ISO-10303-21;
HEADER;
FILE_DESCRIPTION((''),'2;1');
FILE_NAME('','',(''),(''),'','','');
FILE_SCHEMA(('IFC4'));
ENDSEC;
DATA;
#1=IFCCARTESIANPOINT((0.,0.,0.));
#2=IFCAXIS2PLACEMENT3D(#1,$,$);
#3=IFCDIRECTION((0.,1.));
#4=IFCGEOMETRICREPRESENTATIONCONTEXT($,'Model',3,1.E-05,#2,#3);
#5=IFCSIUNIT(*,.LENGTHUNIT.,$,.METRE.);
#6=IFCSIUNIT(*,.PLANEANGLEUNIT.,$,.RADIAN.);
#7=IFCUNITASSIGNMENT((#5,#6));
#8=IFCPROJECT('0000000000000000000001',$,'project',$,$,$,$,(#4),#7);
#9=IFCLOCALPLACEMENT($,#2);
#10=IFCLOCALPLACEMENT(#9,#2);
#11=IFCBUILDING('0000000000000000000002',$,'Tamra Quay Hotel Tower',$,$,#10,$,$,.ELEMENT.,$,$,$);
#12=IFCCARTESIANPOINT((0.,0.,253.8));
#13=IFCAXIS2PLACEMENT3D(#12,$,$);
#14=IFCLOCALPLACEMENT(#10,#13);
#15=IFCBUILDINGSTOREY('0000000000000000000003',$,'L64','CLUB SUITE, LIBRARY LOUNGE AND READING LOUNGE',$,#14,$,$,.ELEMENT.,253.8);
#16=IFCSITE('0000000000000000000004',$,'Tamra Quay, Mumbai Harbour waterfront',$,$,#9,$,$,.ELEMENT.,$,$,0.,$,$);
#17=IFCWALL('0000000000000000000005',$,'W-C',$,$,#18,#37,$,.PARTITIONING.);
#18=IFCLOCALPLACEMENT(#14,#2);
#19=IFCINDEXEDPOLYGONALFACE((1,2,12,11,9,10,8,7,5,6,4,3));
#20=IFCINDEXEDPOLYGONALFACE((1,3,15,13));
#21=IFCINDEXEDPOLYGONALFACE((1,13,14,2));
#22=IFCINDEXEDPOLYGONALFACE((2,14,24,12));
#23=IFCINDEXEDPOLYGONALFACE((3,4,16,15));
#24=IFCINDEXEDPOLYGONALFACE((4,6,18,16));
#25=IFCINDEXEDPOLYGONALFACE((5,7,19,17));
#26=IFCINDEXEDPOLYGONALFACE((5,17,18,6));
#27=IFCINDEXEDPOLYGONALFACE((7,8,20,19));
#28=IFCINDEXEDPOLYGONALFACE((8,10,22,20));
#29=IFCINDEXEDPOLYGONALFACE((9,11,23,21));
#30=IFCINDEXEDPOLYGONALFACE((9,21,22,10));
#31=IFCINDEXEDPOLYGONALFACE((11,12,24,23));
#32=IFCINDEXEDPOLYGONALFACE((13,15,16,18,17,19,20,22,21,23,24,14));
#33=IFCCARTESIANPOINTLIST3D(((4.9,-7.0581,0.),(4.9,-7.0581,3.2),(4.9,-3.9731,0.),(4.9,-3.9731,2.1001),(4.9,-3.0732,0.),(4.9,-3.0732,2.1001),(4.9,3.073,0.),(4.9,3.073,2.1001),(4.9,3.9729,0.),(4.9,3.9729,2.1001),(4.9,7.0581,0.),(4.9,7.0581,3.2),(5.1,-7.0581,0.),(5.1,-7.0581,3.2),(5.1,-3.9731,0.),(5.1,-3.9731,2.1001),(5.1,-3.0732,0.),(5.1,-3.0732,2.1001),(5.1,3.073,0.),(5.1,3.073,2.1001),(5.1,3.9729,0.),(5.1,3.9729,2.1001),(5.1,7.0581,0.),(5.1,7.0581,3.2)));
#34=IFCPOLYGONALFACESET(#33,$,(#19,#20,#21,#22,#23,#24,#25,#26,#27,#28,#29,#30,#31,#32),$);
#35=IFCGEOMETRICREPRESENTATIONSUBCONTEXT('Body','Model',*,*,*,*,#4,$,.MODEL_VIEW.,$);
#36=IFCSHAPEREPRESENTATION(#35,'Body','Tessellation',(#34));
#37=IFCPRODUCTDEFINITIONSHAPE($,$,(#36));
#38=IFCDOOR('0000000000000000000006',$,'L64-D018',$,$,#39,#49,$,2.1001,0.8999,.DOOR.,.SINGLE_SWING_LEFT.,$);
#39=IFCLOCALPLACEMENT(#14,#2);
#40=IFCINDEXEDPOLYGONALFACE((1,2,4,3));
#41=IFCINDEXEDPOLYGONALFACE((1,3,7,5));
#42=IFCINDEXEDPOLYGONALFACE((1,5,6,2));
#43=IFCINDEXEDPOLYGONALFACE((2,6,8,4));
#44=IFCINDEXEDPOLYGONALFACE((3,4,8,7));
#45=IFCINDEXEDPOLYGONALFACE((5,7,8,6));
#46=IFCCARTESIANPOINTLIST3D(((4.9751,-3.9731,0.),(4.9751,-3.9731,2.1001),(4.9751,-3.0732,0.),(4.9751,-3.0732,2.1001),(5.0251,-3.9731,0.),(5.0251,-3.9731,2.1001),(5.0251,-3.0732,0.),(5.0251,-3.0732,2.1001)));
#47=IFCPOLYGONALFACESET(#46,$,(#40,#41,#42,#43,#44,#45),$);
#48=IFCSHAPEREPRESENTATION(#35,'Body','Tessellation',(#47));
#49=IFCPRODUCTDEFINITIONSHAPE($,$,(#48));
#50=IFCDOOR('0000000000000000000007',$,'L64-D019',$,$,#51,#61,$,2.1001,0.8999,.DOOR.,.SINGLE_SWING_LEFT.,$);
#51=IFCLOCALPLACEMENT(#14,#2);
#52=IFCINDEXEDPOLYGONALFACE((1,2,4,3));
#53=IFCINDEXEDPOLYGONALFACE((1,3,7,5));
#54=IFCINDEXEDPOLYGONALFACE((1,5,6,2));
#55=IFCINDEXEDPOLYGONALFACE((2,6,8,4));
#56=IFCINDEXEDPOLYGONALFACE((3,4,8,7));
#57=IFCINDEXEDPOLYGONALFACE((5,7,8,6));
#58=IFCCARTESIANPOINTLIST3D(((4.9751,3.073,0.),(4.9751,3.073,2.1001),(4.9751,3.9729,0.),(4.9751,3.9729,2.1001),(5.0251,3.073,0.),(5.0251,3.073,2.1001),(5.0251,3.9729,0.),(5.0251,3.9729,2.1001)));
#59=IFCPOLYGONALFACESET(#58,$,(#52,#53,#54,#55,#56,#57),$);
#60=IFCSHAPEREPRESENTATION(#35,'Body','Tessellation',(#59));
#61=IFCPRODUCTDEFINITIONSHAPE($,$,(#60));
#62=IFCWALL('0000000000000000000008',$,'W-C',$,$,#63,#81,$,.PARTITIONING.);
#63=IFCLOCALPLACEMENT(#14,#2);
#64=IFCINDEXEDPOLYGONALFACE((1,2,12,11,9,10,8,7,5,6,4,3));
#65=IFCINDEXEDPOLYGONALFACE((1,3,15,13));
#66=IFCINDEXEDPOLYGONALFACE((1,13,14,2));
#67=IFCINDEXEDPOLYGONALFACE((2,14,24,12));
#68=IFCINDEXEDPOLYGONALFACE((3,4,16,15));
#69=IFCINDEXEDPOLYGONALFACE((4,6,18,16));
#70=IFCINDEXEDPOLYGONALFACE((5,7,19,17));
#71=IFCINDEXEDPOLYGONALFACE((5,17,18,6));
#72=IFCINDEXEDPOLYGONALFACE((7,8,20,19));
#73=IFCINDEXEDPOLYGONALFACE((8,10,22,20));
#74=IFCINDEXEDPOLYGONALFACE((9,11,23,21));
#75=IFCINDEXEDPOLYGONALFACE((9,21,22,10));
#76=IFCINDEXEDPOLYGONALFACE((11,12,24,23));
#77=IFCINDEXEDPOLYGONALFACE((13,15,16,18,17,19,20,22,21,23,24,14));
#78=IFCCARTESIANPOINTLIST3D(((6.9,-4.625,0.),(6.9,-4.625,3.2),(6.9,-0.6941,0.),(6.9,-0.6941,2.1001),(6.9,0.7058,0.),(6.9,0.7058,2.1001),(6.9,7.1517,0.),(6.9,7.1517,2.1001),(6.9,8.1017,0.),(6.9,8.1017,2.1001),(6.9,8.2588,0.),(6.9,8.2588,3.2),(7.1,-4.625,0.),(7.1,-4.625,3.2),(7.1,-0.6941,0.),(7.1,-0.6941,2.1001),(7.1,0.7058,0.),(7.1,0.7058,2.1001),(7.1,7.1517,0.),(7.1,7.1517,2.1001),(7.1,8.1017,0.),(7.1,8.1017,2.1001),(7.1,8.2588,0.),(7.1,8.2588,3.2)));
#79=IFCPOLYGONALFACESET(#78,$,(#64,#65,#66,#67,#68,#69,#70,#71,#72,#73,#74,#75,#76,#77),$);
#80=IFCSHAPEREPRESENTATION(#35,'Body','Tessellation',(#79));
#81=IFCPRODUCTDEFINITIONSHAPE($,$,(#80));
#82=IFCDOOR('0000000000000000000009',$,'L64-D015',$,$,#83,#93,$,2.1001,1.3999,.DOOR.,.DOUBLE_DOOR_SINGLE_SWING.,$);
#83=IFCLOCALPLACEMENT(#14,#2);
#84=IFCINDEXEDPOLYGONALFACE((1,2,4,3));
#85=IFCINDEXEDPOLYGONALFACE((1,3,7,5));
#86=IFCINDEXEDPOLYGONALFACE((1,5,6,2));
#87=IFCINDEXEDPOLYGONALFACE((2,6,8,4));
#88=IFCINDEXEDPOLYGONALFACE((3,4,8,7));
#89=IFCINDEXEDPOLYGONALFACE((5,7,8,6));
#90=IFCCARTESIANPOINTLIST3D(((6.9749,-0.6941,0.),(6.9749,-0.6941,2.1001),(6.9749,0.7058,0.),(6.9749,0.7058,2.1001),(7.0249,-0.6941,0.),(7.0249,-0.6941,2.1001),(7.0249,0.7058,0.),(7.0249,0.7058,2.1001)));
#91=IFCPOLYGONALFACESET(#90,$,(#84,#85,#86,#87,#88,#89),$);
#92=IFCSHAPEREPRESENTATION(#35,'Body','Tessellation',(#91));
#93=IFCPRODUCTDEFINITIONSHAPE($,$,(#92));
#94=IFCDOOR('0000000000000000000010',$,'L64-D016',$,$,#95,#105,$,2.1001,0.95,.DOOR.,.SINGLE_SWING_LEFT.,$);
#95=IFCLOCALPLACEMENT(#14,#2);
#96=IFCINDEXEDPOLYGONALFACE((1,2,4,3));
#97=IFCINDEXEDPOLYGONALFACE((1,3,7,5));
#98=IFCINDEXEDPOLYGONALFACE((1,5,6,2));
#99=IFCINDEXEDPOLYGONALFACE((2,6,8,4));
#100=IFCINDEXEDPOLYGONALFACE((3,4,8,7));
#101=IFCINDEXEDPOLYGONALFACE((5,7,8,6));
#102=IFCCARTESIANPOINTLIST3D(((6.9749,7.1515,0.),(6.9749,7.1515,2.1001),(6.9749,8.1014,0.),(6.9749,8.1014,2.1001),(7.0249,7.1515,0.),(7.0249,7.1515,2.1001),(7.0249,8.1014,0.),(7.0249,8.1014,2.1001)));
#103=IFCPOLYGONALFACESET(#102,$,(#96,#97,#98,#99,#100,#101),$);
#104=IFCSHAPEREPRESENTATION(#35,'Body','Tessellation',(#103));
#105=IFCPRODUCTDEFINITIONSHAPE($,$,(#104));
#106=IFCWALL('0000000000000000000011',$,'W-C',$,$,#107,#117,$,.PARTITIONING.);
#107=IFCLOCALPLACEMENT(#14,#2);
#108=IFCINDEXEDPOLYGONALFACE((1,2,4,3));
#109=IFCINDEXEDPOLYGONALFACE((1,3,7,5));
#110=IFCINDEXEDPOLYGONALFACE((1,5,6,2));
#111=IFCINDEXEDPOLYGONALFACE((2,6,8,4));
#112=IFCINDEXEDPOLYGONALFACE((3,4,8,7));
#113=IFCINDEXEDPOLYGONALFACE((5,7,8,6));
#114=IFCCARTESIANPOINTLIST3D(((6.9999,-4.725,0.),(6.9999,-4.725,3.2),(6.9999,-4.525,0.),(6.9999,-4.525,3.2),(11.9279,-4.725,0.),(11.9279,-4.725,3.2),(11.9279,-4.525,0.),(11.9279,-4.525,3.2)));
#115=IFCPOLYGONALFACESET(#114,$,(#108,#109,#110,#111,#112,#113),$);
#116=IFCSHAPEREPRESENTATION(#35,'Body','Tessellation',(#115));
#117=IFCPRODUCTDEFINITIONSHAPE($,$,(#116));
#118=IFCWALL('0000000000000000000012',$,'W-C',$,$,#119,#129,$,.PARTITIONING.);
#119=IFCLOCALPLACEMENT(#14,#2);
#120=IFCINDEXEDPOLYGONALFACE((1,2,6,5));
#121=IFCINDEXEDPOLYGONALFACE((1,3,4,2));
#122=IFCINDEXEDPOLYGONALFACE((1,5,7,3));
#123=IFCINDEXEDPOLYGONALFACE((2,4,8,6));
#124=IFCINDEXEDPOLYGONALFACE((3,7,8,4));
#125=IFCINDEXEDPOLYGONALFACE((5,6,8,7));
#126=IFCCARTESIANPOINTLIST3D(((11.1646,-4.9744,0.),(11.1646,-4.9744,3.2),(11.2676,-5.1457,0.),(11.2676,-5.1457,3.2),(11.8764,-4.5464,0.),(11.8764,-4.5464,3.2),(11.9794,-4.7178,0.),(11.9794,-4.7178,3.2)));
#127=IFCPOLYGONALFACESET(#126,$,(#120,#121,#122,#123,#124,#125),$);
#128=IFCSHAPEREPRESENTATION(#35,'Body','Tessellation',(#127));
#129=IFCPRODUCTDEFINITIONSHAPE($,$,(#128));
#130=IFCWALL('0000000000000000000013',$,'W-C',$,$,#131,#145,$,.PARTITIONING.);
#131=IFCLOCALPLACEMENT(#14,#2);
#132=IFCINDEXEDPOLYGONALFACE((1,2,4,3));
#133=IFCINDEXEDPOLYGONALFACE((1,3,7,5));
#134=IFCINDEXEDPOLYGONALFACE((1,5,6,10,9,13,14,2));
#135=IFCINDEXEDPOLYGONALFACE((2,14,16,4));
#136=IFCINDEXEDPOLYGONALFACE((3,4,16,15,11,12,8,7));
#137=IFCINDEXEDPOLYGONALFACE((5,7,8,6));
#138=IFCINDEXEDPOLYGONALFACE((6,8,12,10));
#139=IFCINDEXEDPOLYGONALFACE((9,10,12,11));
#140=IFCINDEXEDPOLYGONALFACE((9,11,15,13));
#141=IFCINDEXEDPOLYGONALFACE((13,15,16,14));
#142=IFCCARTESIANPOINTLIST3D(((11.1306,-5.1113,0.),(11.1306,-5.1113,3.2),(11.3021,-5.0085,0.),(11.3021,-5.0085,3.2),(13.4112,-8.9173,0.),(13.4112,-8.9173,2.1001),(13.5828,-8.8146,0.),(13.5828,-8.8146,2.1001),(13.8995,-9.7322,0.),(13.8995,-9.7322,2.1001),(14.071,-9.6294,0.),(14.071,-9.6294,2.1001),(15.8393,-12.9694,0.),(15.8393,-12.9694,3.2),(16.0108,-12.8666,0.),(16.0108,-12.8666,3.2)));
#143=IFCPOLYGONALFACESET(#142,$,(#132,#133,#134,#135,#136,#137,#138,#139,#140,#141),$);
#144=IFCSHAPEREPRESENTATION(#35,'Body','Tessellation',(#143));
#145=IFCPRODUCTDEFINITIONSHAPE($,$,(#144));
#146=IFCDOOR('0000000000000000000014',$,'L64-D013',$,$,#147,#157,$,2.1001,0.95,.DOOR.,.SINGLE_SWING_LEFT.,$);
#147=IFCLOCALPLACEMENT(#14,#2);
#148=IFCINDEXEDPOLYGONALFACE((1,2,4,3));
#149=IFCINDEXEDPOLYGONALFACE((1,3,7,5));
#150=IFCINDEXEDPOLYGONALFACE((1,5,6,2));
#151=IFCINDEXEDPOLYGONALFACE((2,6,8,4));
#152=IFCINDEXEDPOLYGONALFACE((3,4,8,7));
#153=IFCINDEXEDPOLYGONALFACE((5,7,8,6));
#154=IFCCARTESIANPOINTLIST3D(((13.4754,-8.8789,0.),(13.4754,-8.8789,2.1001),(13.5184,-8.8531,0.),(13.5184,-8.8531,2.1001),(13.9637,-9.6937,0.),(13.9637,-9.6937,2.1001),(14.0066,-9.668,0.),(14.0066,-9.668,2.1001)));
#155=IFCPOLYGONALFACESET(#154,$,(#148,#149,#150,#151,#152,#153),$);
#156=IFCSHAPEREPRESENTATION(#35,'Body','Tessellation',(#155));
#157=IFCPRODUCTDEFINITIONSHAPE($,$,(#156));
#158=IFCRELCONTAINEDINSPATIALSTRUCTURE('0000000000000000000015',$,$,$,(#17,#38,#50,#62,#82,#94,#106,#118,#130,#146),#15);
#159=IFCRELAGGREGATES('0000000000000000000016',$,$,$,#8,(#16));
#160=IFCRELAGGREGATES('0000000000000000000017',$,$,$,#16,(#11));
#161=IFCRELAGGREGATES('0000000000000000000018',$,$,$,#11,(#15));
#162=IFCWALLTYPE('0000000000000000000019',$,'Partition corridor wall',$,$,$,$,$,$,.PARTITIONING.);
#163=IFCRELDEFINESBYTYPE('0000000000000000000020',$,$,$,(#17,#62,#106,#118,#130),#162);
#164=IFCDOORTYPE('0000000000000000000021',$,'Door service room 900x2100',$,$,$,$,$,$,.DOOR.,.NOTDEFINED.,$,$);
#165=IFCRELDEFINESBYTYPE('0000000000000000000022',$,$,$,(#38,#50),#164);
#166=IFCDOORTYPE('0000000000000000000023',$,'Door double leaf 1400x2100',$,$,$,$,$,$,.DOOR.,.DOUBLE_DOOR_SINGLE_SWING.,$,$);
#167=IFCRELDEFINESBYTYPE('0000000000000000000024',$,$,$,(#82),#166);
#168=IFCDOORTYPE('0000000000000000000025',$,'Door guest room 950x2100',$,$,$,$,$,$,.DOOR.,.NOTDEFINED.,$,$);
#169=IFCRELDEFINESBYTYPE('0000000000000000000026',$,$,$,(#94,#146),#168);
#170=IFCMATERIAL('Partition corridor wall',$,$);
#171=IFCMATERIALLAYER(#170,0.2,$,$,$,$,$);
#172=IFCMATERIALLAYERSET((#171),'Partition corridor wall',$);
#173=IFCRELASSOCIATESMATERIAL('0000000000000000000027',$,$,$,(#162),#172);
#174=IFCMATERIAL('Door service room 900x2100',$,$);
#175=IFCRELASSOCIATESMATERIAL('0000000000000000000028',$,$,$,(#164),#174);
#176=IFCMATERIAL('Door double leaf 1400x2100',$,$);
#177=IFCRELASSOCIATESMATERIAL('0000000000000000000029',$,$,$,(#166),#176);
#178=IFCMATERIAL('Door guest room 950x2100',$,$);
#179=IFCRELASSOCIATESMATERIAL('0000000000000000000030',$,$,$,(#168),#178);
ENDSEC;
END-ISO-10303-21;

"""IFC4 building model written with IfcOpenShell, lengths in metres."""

from ifc_helpers import new_model, si_unit, direction, frame, frame_2d, origin, place, context, subcontext, project, spatial, rectangle, extrude, material, layer, layer_set, type_object, element, fill, save


model = new_model("IFC4")

# Units and contexts
model_context = context("Model", 3, precision=1e-05, world=origin(), true_north=direction((0.0, 1.0)))
body_context = subcontext(model_context, "Body", "Model", "MODEL_VIEW")
ifc_project = project(units=[si_unit("LENGTHUNIT", "METRE"), si_unit("PLANEANGLEUNIT", "RADIAN")], contexts=[model_context])

# Site, building, storey
site_placement = place(None, origin())
site = spatial("IfcSite", under=ifc_project, at=site_placement, Name="Tamra Quay, Mumbai Harbour waterfront", CompositionType="ELEMENT", RefElevation=0.0)
building_placement = place(site_placement, origin())
building = spatial("IfcBuilding", under=site, at=building_placement, Name="Tamra Quay Hotel Tower", CompositionType="ELEMENT")
storey_placement = place(building_placement, frame((0.0, 0.0, 253.8)))
storey = spatial("IfcBuildingStorey", under=building, at=storey_placement, Name="L64", Description="CLUB SUITE, LIBRARY LOUNGE AND READING LOUNGE", CompositionType="ELEMENT", Elevation=253.8)

# Walls, openings, doors
ifc_material_1 = material(Name="Partition corridor wall")
ifc_layer_1 = layer(ifc_material_1, 0.2)
ifc_layer_set_1 = layer_set([ifc_layer_1], Name="Partition corridor wall")
wall_type_1 = type_object("IfcWallType", Name="Partition corridor wall", PredefinedType="PARTITIONING", material=ifc_layer_set_1)
wall_1_placement = place(storey_placement, frame((5.0, -7.0581, 0.0), z_axis=(0.0, 0.0, 1.0), x_axis=(0.0, 1.0, 0.0)))
wall_1 = element("IfcWall", 1, at=wall_1_placement, inside=storey, type_object=wall_type_1, Name="W-C", PredefinedType="PARTITIONING", context=body_context, shape_type="SweptSolid", body=[
    extrude(rectangle(XDim=14.1162, YDim=0.2, at=frame_2d((7.0581, 0.0))), origin(), (0.0, 0.0, 1.0), 3.2),
])
opening_1_placement = place(wall_1_placement, frame((3.085, 0.0, 0.0)))
opening_1 = element("IfcOpeningElement", 2, at=opening_1_placement, cuts=wall_1, PredefinedType="OPENING", context=body_context, shape_type="SweptSolid", body=[
    extrude(rectangle(XDim=0.8999, YDim=2.1001, at=frame_2d((0.45, 1.05))), frame((0.0, 0.1099, 0.0), z_axis=(0.0, -1.0, 0.0), x_axis=(1.0, 0.0, 0.0)), (0.0, 0.0, 1.0), 0.22),
])
opening_2_placement = place(wall_1_placement, frame((10.1311, 0.0, 0.0)))
opening_2 = element("IfcOpeningElement", 3, at=opening_2_placement, cuts=wall_1, PredefinedType="OPENING", context=body_context, shape_type="SweptSolid", body=[
    extrude(rectangle(XDim=0.8999, YDim=2.1001, at=frame_2d((0.45, 1.05))), frame((0.0, 0.1099, 0.0), z_axis=(0.0, -1.0, 0.0), x_axis=(1.0, 0.0, 0.0)), (0.0, 0.0, 1.0), 0.22),
])
ifc_material_2 = material(Name="Door service room 900x2100")
door_type_1 = type_object("IfcDoorType", Name="Door service room 900x2100", OperationType="NOTDEFINED", PredefinedType="DOOR", material=ifc_material_2)
door_1_placement = place(opening_1_placement, origin())
door_1 = element("IfcDoor", 4, at=door_1_placement, inside=storey, type_object=door_type_1, Name="L64-D018", OperationType="SINGLE_SWING_LEFT", OverallHeight=2.1001, OverallWidth=0.8999, PredefinedType="DOOR", context=body_context, shape_type="SweptSolid", body=[
    extrude(rectangle(XDim=0.8999, YDim=2.1001, at=frame_2d((0.45, 1.05))), frame((0.0, 0.0249, 0.0), z_axis=(0.0, -1.0, 0.0), x_axis=(1.0, 0.0, 0.0)), (0.0, 0.0, 1.0), 0.05),
])
fill(opening_1, door_1)
door_2_placement = place(opening_2_placement, origin())
door_2 = element("IfcDoor", 5, at=door_2_placement, inside=storey, type_object=door_type_1, Name="L64-D019", OperationType="SINGLE_SWING_LEFT", OverallHeight=2.1001, OverallWidth=0.8999, PredefinedType="DOOR", context=body_context, shape_type="SweptSolid", body=[
    extrude(rectangle(XDim=0.8999, YDim=2.1001, at=frame_2d((0.45, 1.05))), frame((0.0, 0.0249, 0.0), z_axis=(0.0, -1.0, 0.0), x_axis=(1.0, 0.0, 0.0)), (0.0, 0.0, 1.0), 0.05),
])
fill(opening_2, door_2)
wall_2_placement = place(storey_placement, frame((7.0, -4.625, 0.0), z_axis=(0.0, 0.0, 1.0), x_axis=(0.0, 1.0, 0.0)))
wall_2 = element("IfcWall", 6, at=wall_2_placement, inside=storey, type_object=wall_type_1, Name="W-C", PredefinedType="PARTITIONING", context=body_context, shape_type="SweptSolid", body=[
    extrude(rectangle(XDim=12.8838, YDim=0.2, at=frame_2d((6.4419, 0.0))), origin(), (0.0, 0.0, 1.0), 3.2),
])
opening_3_placement = place(wall_2_placement, frame((3.9309, 0.0, 0.0)))
opening_3 = element("IfcOpeningElement", 7, at=opening_3_placement, cuts=wall_2, PredefinedType="OPENING", context=body_context, shape_type="SweptSolid", body=[
    extrude(rectangle(XDim=1.3999, YDim=2.1001, at=frame_2d((0.7, 1.05))), frame((0.0, 0.1099, 0.0), z_axis=(0.0, -1.0, 0.0), x_axis=(1.0, 0.0, 0.0)), (0.0, 0.0, 1.0), 0.22),
])
opening_4_placement = place(wall_2_placement, frame((11.7766, 0.0, 0.0)))
opening_4 = element("IfcOpeningElement", 8, at=opening_4_placement, cuts=wall_2, PredefinedType="OPENING", context=body_context, shape_type="SweptSolid", body=[
    extrude(rectangle(XDim=0.95, YDim=2.1001, at=frame_2d((0.4751, 1.05))), frame((0.0, 0.1099, 0.0), z_axis=(0.0, -1.0, 0.0), x_axis=(1.0, 0.0, 0.0)), (0.0, 0.0, 1.0), 0.22),
])
ifc_material_3 = material(Name="Door double leaf 1400x2100")
door_type_2 = type_object("IfcDoorType", Name="Door double leaf 1400x2100", OperationType="DOUBLE_DOOR_SINGLE_SWING", PredefinedType="DOOR", material=ifc_material_3)
door_3_placement = place(opening_3_placement, frame((1.3999, 0.0, 0.0), z_axis=(0.0, 0.0, 1.0), x_axis=(-1.0, 0.0, 0.0)))
door_3 = element("IfcDoor", 9, at=door_3_placement, inside=storey, type_object=door_type_2, Name="L64-D015", OperationType="DOUBLE_DOOR_SINGLE_SWING", OverallHeight=2.1001, OverallWidth=1.3999, PredefinedType="DOOR", context=body_context, shape_type="SweptSolid", body=[
    extrude(rectangle(XDim=1.3999, YDim=2.1001, at=frame_2d((0.7, 1.05))), frame((0.0, 0.0249, 0.0), z_axis=(0.0, -1.0, 0.0), x_axis=(1.0, 0.0, 0.0)), (0.0, 0.0, 1.0), 0.05),
])
fill(opening_3, door_3)
ifc_material_4 = material(Name="Door guest room 950x2100")
door_type_3 = type_object("IfcDoorType", Name="Door guest room 950x2100", OperationType="NOTDEFINED", PredefinedType="DOOR", material=ifc_material_4)
door_4_placement = place(opening_4_placement, frame((0.95, 0.0, 0.0), z_axis=(0.0, 0.0, 1.0), x_axis=(-1.0, 0.0, 0.0)))
door_4 = element("IfcDoor", 10, at=door_4_placement, inside=storey, type_object=door_type_3, Name="L64-D016", OperationType="SINGLE_SWING_LEFT", OverallHeight=2.1001, OverallWidth=0.95, PredefinedType="DOOR", context=body_context, shape_type="SweptSolid", body=[
    extrude(rectangle(XDim=0.95, YDim=2.1001, at=frame_2d((0.4751, 1.05))), frame((0.0, 0.0249, 0.0), z_axis=(0.0, -1.0, 0.0), x_axis=(1.0, 0.0, 0.0)), (0.0, 0.0, 1.0), 0.05),
])
fill(opening_4, door_4)

# Walls
wall_3_placement = place(storey_placement, frame((7.0, -4.625, 0.0), z_axis=(0.0, 0.0, 1.0), x_axis=(1.0, 0.0, 0.0)))
element("IfcWall", 11, at=wall_3_placement, inside=storey, type_object=wall_type_1, Name="W-C", PredefinedType="PARTITIONING", context=body_context, shape_type="SweptSolid", body=[
    extrude(rectangle(XDim=4.928, YDim=0.2, at=frame_2d((2.4639, 0.0))), origin(), (0.0, 0.0, 1.0), 3.2),
])
wall_4_placement = place(storey_placement, frame((11.2161, -5.0601, 0.0), z_axis=(0.0, 0.0, 1.0), x_axis=(0.857052, 0.51523, 0.0)))
element("IfcWall", 12, at=wall_4_placement, inside=storey, type_object=wall_type_1, Name="W-C", PredefinedType="PARTITIONING", context=body_context, shape_type="SweptSolid", body=[
    extrude(rectangle(XDim=0.8306, YDim=0.2, at=frame_2d((0.4153, 0.0))), origin(), (0.0, 0.0, 1.0), 3.2),
])

# Wall, opening, door
wall_5_placement = place(storey_placement, frame((11.2163, -5.0598, 0.0), z_axis=(0.0, 0.0, 1.0), x_axis=(0.514002, -0.857789, 0.0)))
wall_5 = element("IfcWall", 13, at=wall_5_placement, inside=storey, type_object=wall_type_1, Name="W-C", PredefinedType="PARTITIONING", context=body_context, shape_type="SweptSolid", body=[
    extrude(rectangle(XDim=9.1609, YDim=0.2, at=frame_2d((4.5806, 0.0))), origin(), (0.0, 0.0, 1.0), 3.2),
])
opening_5_placement = place(wall_5_placement, frame((4.437, 0.0, 0.0)))
opening_5 = element("IfcOpeningElement", 14, at=opening_5_placement, cuts=wall_5, PredefinedType="OPENING", context=body_context, shape_type="SweptSolid", body=[
    extrude(rectangle(XDim=0.95, YDim=2.1001, at=frame_2d((0.4751, 1.05))), frame((0.0, 0.1099, 0.0), z_axis=(0.0, -1.0, 0.0), x_axis=(1.0, 0.0, 0.0)), (0.0, 0.0, 1.0), 0.22),
])
door_5_placement = place(opening_5_placement, origin())
door_5 = element("IfcDoor", 15, at=door_5_placement, inside=storey, type_object=door_type_3, Name="L64-D013", OperationType="SINGLE_SWING_LEFT", OverallHeight=2.1001, OverallWidth=0.95, PredefinedType="DOOR", context=body_context, shape_type="SweptSolid", body=[
    extrude(rectangle(XDim=0.95, YDim=2.1001, at=frame_2d((0.4751, 1.05))), frame((0.0, 0.0249, 0.0), z_axis=(0.0, -1.0, 0.0), x_axis=(1.0, 0.0, 0.0)), (0.0, 0.0, 1.0), 0.05),
])
fill(opening_5, door_5)

save(model, "model.ifc")
